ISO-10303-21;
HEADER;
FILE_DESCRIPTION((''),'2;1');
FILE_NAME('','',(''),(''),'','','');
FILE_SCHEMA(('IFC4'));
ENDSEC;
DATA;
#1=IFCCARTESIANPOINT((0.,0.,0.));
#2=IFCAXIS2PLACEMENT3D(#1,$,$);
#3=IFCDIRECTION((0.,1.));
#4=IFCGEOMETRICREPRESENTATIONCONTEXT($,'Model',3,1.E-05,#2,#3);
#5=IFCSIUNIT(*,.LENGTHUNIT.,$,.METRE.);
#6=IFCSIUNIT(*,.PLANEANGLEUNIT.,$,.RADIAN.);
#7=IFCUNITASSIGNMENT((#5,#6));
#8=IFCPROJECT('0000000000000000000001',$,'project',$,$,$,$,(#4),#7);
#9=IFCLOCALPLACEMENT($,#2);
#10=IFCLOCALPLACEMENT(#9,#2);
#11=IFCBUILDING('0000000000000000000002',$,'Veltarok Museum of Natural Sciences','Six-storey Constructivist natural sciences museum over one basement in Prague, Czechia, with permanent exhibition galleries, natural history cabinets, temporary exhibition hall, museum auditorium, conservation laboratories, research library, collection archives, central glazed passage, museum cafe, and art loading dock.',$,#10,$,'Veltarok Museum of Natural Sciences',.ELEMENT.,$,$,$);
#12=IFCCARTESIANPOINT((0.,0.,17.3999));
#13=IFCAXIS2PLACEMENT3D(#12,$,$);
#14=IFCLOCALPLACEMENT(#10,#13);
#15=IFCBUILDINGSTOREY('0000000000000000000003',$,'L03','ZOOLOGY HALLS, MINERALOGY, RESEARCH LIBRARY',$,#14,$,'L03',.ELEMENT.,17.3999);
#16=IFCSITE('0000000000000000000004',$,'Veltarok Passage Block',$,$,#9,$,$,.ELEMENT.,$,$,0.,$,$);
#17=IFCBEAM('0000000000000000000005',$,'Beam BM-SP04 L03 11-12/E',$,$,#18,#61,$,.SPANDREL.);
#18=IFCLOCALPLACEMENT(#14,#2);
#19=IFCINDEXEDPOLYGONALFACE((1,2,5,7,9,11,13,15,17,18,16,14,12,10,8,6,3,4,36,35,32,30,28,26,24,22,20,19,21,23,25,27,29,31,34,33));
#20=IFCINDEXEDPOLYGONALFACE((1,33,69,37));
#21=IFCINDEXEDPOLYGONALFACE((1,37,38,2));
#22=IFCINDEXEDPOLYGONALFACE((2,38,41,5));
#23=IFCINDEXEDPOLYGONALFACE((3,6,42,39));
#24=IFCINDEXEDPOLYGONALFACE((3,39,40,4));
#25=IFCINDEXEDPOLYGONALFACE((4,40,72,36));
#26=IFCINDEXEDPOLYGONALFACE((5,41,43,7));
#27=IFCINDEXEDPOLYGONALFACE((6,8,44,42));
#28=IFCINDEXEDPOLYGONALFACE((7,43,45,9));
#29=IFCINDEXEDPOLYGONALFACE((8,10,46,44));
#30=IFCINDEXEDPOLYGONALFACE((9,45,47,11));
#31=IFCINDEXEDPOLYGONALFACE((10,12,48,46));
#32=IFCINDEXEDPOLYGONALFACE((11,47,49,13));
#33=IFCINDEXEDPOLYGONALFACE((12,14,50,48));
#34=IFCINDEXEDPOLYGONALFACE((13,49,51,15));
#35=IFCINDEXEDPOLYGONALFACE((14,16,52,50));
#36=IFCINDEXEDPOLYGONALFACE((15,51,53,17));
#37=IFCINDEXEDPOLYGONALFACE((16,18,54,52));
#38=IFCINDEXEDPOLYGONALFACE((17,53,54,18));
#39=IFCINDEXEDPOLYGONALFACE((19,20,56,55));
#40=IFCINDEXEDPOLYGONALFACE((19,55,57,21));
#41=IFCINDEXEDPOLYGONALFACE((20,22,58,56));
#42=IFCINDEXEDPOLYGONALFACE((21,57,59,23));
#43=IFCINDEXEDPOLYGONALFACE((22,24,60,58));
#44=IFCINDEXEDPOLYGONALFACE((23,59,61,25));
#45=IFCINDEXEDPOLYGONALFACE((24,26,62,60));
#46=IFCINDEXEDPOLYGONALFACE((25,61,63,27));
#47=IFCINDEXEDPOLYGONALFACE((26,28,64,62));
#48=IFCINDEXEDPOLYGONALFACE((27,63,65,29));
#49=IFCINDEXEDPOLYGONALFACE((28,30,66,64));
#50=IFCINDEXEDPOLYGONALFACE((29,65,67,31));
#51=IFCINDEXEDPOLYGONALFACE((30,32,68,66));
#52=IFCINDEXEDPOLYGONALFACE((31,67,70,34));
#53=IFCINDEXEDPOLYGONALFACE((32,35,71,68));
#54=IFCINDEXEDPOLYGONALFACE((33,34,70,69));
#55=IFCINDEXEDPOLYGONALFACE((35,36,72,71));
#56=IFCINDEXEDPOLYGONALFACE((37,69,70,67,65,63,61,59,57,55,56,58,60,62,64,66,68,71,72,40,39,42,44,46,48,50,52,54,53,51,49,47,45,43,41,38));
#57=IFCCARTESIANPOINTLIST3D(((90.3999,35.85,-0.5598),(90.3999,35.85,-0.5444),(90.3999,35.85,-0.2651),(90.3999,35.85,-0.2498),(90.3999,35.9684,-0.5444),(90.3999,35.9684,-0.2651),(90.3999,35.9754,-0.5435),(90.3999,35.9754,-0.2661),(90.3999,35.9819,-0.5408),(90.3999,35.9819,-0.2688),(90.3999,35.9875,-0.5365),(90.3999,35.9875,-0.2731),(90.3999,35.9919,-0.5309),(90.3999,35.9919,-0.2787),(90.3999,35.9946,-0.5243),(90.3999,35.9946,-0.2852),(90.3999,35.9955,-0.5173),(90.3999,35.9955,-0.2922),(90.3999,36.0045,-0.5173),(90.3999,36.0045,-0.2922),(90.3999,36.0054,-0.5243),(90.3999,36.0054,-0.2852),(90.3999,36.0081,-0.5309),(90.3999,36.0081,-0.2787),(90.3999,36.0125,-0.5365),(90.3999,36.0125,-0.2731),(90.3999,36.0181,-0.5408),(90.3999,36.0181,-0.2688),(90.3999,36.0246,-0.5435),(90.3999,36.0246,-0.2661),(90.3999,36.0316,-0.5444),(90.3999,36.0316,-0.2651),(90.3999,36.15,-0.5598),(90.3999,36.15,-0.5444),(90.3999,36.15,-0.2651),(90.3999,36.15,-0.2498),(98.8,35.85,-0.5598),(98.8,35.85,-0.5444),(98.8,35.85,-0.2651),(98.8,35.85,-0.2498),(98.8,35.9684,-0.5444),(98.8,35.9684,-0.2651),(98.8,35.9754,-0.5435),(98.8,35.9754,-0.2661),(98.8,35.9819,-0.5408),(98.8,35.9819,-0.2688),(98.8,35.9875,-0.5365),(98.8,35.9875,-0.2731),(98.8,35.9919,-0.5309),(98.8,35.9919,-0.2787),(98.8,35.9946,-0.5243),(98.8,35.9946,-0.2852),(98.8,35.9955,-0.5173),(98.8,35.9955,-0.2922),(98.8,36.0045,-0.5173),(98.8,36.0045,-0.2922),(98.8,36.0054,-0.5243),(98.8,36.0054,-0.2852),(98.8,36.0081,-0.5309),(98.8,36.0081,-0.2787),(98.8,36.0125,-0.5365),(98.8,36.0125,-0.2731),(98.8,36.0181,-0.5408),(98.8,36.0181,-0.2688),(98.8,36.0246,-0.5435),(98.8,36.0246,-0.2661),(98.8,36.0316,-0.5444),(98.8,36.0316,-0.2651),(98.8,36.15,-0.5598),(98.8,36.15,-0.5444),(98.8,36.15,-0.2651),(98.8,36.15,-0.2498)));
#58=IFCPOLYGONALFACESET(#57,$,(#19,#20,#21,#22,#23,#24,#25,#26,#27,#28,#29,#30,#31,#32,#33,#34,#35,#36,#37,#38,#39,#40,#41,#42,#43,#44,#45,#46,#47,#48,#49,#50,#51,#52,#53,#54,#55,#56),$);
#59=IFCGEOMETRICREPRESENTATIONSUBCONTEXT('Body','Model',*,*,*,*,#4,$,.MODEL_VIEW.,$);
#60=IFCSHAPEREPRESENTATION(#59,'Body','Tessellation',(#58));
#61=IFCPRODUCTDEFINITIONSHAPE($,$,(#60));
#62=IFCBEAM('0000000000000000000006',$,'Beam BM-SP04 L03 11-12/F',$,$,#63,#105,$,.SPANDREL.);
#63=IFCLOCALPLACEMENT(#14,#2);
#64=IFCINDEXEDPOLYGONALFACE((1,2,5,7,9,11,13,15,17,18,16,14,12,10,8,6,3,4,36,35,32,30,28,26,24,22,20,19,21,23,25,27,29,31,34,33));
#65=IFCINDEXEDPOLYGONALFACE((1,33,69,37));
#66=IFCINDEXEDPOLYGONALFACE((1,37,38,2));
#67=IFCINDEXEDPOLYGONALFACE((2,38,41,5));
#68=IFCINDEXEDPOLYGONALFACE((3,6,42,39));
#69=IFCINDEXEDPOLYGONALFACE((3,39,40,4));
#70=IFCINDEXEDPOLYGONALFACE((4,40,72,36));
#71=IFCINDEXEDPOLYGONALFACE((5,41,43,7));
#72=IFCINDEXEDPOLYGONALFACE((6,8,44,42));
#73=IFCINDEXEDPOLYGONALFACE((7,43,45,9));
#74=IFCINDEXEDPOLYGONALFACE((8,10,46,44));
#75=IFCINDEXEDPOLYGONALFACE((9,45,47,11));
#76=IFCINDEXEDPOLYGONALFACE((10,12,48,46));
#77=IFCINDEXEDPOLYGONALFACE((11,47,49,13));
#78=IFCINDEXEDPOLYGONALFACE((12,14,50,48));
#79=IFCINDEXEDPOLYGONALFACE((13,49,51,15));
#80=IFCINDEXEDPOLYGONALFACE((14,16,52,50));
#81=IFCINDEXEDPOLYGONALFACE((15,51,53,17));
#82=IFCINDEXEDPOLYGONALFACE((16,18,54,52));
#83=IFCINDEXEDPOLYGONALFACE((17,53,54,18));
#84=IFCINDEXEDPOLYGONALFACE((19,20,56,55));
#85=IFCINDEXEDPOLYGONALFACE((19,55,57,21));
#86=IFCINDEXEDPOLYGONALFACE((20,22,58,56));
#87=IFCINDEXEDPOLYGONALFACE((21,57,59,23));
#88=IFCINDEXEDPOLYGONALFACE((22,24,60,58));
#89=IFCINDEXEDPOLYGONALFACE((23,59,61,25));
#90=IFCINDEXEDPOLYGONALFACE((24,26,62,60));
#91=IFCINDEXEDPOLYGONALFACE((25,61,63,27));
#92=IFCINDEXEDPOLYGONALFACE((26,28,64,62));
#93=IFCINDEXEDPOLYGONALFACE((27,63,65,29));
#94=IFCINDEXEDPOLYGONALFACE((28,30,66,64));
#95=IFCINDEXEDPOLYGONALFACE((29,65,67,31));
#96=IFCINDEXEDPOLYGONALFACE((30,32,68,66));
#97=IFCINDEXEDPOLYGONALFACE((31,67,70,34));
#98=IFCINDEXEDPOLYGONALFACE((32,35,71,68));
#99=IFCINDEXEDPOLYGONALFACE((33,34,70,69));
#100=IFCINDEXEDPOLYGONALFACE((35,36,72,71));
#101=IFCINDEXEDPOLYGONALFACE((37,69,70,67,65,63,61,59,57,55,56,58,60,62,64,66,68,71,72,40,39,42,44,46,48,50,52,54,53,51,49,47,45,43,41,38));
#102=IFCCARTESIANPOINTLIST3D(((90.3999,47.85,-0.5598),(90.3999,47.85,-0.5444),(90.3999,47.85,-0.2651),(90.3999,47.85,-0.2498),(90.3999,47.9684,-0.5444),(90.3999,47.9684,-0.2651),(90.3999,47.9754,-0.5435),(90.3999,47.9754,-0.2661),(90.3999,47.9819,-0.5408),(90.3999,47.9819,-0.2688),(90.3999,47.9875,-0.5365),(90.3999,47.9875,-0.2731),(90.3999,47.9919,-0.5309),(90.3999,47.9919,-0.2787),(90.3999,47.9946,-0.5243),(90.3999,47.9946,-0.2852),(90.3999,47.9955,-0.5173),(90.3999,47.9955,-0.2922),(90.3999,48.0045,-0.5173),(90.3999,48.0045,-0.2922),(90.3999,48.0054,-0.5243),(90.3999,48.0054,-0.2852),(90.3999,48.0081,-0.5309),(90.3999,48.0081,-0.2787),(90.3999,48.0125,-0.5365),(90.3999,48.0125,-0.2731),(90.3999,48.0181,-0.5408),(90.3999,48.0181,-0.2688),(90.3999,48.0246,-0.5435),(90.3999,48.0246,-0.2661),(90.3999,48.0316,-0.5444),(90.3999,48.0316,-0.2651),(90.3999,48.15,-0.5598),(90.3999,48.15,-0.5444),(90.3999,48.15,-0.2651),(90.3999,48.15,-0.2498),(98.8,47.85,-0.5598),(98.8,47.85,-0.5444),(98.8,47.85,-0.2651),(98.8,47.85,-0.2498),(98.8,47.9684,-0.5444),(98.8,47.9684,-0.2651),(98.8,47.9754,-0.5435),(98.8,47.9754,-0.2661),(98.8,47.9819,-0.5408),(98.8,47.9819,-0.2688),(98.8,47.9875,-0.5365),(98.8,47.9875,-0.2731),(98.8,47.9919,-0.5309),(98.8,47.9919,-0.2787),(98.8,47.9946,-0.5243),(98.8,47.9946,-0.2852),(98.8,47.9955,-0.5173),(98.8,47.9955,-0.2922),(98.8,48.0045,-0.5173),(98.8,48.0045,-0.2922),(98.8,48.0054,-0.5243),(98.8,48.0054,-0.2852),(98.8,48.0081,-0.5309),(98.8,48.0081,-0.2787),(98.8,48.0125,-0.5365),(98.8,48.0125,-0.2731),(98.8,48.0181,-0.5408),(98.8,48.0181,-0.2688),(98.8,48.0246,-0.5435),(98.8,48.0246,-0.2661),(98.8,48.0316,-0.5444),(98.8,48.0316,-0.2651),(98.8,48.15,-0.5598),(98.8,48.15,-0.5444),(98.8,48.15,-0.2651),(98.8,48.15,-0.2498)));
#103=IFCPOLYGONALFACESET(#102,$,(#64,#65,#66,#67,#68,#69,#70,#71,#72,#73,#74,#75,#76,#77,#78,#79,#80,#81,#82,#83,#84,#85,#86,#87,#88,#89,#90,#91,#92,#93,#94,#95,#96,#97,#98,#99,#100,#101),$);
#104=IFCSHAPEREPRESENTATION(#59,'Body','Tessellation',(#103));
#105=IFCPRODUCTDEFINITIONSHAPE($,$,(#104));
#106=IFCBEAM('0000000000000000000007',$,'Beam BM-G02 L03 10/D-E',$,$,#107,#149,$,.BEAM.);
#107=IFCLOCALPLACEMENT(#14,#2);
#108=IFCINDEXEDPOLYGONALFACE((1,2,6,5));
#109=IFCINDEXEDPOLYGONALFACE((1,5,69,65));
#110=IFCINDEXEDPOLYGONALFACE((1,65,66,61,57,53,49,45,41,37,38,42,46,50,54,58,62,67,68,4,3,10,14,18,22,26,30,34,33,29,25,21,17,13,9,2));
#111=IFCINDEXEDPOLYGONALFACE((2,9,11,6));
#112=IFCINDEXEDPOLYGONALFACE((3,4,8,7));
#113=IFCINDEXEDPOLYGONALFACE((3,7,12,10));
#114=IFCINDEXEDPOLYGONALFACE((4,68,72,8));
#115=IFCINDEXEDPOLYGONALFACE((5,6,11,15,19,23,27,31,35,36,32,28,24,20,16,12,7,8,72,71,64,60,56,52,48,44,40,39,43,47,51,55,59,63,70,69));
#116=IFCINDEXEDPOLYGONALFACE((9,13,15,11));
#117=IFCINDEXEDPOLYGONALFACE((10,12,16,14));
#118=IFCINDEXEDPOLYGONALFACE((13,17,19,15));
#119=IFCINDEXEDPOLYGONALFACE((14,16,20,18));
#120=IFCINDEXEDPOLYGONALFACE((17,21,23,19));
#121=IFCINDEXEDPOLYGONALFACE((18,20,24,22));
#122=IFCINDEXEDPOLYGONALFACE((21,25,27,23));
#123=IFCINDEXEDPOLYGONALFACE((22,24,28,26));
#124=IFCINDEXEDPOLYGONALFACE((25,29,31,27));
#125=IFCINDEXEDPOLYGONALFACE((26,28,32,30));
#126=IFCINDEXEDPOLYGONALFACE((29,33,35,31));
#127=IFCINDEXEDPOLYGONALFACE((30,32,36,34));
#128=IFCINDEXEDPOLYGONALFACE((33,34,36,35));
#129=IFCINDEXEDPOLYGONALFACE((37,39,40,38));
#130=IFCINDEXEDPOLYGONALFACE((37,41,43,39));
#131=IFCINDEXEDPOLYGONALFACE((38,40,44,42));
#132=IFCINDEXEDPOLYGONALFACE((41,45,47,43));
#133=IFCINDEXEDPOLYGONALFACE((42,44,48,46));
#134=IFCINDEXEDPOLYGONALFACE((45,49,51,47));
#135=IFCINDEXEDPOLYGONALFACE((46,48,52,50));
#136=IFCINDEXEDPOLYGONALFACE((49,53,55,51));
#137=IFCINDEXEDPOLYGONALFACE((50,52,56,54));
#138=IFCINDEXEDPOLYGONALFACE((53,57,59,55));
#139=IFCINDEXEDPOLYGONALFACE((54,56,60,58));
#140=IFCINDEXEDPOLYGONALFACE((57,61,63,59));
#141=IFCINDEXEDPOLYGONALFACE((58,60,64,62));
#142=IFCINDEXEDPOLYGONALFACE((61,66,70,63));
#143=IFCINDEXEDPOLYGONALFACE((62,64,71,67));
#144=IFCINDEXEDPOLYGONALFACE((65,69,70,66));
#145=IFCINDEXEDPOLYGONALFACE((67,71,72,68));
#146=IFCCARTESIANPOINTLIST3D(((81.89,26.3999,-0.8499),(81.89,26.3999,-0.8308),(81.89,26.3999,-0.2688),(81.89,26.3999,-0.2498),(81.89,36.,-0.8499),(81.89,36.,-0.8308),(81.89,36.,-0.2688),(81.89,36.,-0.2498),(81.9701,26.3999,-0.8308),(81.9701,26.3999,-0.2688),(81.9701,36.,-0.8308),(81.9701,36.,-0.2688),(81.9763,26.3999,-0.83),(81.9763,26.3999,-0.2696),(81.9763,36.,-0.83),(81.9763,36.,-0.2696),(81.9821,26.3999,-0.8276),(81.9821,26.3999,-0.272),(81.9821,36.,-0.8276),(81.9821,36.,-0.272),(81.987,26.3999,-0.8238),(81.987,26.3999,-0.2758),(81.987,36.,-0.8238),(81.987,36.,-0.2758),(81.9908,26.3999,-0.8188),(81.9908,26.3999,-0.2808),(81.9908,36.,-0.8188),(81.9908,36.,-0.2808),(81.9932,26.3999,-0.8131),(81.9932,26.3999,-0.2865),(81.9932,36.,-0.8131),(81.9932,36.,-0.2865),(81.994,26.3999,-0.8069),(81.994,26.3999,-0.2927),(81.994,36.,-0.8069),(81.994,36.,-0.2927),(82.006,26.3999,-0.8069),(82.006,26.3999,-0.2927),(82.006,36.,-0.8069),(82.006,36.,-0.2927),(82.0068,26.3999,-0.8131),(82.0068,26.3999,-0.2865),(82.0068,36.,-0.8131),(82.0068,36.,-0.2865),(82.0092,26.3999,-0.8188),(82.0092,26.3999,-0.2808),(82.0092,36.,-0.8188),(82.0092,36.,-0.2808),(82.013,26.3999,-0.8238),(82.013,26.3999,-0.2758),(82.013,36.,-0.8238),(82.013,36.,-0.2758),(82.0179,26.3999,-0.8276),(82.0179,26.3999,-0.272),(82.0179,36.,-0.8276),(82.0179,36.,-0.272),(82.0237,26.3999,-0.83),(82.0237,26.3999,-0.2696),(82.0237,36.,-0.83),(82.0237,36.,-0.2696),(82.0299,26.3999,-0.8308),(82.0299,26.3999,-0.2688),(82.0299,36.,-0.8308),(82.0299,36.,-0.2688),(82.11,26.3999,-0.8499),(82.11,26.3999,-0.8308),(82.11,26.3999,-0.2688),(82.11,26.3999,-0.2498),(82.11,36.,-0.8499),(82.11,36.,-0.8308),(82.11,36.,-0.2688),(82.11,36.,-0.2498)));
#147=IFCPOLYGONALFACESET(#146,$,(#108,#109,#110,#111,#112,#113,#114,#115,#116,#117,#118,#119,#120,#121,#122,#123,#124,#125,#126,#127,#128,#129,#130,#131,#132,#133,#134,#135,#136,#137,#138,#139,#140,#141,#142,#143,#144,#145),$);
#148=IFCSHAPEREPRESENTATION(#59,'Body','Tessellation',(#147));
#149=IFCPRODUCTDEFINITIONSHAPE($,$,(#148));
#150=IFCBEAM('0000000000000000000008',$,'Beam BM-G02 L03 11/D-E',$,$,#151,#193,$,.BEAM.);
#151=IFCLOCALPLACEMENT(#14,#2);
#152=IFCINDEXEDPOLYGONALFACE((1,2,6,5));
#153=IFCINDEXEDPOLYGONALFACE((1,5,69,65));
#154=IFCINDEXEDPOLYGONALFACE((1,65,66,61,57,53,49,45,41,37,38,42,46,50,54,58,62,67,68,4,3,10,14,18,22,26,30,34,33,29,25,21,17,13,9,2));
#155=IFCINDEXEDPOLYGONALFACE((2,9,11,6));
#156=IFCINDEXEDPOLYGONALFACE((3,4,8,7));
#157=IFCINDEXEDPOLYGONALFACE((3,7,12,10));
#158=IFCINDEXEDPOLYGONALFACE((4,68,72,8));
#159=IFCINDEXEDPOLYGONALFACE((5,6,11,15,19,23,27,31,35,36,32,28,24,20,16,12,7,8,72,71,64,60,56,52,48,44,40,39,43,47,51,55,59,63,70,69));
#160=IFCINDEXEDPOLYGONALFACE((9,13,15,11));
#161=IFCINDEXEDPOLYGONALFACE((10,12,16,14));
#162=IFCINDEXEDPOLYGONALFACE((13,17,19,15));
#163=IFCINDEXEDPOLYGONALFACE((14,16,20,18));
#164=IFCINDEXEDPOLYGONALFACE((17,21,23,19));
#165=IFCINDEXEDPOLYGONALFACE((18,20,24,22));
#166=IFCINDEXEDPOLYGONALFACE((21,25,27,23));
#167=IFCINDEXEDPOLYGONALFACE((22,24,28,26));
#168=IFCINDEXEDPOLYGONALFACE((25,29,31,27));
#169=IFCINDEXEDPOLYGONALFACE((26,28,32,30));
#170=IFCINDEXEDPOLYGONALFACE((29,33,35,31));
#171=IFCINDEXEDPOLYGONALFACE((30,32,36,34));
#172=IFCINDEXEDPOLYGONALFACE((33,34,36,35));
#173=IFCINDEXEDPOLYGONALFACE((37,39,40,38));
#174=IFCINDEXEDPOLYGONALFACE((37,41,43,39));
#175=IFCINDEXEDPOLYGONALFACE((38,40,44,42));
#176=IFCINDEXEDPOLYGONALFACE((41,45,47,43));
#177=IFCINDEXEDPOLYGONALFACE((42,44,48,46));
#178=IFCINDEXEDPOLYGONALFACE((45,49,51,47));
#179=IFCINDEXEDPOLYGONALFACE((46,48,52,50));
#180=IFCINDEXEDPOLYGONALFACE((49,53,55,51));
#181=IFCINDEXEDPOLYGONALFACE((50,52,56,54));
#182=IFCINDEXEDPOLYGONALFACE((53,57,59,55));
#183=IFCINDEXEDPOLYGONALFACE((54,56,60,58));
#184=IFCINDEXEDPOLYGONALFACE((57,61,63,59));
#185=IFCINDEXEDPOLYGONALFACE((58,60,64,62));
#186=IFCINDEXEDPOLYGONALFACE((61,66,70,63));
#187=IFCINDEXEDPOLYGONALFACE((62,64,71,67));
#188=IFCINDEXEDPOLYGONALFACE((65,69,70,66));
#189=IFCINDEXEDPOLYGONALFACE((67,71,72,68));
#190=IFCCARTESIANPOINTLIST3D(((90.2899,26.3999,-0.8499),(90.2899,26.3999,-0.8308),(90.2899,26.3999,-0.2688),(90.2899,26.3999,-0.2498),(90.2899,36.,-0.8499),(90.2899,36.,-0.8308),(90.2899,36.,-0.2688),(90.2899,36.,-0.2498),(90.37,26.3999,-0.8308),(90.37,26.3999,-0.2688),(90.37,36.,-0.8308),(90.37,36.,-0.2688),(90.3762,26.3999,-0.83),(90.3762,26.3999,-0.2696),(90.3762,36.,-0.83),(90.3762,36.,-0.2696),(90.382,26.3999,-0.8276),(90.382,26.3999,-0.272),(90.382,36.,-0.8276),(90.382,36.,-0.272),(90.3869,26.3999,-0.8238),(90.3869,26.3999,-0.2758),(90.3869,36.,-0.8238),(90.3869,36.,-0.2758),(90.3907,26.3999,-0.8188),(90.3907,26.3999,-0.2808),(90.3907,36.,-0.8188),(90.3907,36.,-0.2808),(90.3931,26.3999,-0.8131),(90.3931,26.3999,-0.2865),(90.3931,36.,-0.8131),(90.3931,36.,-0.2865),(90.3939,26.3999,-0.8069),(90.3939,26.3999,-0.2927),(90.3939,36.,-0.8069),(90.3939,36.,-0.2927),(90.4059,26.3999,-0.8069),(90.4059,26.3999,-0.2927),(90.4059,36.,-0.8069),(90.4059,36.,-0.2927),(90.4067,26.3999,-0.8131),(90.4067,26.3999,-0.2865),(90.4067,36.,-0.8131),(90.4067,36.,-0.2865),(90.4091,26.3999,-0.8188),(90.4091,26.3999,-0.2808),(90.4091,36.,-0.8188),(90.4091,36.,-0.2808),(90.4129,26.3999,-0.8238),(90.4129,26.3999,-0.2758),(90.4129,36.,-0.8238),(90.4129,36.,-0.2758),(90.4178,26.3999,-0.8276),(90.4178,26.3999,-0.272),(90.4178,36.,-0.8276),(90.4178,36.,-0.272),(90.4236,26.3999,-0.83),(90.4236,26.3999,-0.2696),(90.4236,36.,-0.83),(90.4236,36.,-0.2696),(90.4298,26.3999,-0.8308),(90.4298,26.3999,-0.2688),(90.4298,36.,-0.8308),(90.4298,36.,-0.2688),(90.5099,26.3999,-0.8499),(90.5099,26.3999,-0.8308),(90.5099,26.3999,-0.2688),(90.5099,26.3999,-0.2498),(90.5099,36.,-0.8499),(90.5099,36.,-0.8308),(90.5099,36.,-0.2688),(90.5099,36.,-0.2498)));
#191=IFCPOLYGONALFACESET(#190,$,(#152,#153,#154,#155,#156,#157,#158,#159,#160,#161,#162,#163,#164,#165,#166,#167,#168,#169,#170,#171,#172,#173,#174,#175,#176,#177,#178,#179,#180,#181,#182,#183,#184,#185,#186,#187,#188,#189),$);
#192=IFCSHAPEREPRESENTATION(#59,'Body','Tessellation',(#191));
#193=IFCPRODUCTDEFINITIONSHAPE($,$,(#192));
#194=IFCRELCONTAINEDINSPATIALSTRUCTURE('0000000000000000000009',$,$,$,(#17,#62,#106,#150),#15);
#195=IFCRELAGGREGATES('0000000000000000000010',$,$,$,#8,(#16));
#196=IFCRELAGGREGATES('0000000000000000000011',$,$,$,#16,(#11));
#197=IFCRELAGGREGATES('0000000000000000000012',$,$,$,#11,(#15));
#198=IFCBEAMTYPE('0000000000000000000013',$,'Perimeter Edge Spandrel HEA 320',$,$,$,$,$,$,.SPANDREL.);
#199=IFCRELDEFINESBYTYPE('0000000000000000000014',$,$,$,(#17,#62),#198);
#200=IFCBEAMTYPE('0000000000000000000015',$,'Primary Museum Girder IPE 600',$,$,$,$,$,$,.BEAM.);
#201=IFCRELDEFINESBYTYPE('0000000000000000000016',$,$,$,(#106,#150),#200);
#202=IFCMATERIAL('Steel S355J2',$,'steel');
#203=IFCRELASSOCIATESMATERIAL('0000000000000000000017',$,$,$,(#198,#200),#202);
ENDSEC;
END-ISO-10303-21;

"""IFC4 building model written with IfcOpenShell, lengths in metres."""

from ifc_helpers import new_model, si_unit, direction, frame, origin, origin_2d, place, context, subcontext, project, spatial, i_section, extrude, material, material_profile, profile_set, type_object, element, save


model = new_model("IFC4")

# Units and contexts
model_context = context("Model", 3, precision=1e-05, world=origin(), true_north=direction((0.0, 1.0)))
body_context = subcontext(model_context, "Body", "Model", "MODEL_VIEW")
ifc_project = project(units=[si_unit("LENGTHUNIT", "METRE"), si_unit("PLANEANGLEUNIT", "RADIAN")], contexts=[model_context])

# Site, building, storey
site_placement = place(None, origin())
site = spatial("IfcSite", under=ifc_project, at=site_placement, Name="Veltarok Passage Block", CompositionType="ELEMENT", RefElevation=0.0)
building_placement = place(site_placement, origin())
building = spatial("IfcBuilding", under=site, at=building_placement, Name="Veltarok Museum of Natural Sciences", Description="Six-storey Constructivist natural sciences museum over one basement in Prague, Czechia, with permanent exhibition galleries, natural history cabinets, temporary exhibition hall, museum auditorium, conservation laboratories, research library, collection archives, central glazed passage, museum cafe, and art loading dock.", LongName="Veltarok Museum of Natural Sciences", CompositionType="ELEMENT")
storey_placement = place(building_placement, frame((0.0, 0.0, 17.3999)))
storey = spatial("IfcBuildingStorey", under=building, at=storey_placement, Name="L03", Description="ZOOLOGY HALLS, MINERALOGY, RESEARCH LIBRARY", LongName="L03", CompositionType="ELEMENT", Elevation=17.3999)

# Shared definitions
ifc_material_1 = material(Name="Steel S355J2", Category="steel")

# Beams
ifc_material_profile_1 = material_profile(ifc_material_1, i_section(OverallWidth=0.3, OverallDepth=0.3101, WebThickness=0.009, FlangeThickness=0.0154, FilletRadius=0.0271, at=origin_2d()), Name="HEA 320")
ifc_profile_set_1 = profile_set([ifc_material_profile_1], Name="Steel S355J2")
beam_type_1 = type_object("IfcBeamType", Name="Perimeter Edge Spandrel HEA 320", PredefinedType="SPANDREL", material=ifc_profile_set_1)
for number, where, z_axis, x_axis, name in (
    (1, (90.3999, 36.0, -0.4048), (1.0, 0.0, 0.0), (0.0, 1.0, 0.0), "Beam BM-SP04 L03 11-12/E"),
    (2, (90.3999, 48.0, -0.4048), (1.0, 0.0, 0.0), (0.0, 1.0, 0.0), "Beam BM-SP04 L03 11-12/F"),
):
    element("IfcBeam", number, at=place(storey_placement, frame(where, z_axis=z_axis, x_axis=x_axis)), inside=storey, type_object=beam_type_1, Name=name, PredefinedType="SPANDREL", context=body_context, shape_type="SweptSolid", body=[
        extrude(i_section(OverallWidth=0.3, OverallDepth=0.3101, WebThickness=0.009, FlangeThickness=0.0154, FilletRadius=0.0271, at=origin_2d()), origin(), (0.0, 0.0, 1.0), 8.4001),
    ])
ifc_material_profile_2 = material_profile(ifc_material_1, i_section(OverallWidth=0.22, OverallDepth=0.6001, WebThickness=0.012, FlangeThickness=0.019, FilletRadius=0.0239, at=origin_2d()), Name="IPE 600")
ifc_profile_set_2 = profile_set([ifc_material_profile_2], Name="Steel S355J2")
beam_type_2 = type_object("IfcBeamType", Name="Primary Museum Girder IPE 600", PredefinedType="BEAM", material=ifc_profile_set_2)
for number, where, z_axis, x_axis, name in (
    (3, (82.0, 26.3999, -0.5498), (0.0, 1.0, 0.0), (-1.0, 0.0, 0.0), "Beam BM-G02 L03 10/D-E"),
    (4, (90.3999, 26.3999, -0.5498), (0.0, 1.0, 0.0), (-1.0, 0.0, 0.0), "Beam BM-G02 L03 11/D-E"),
):
    element("IfcBeam", number, at=place(storey_placement, frame(where, z_axis=z_axis, x_axis=x_axis)), inside=storey, type_object=beam_type_2, Name=name, PredefinedType="BEAM", context=body_context, shape_type="SweptSolid", body=[
        extrude(i_section(OverallWidth=0.22, OverallDepth=0.6001, WebThickness=0.012, FlangeThickness=0.019, FilletRadius=0.0239, at=origin_2d()), origin(), (0.0, 0.0, 1.0), 9.6001),
    ])

save(model, "model.ifc")
